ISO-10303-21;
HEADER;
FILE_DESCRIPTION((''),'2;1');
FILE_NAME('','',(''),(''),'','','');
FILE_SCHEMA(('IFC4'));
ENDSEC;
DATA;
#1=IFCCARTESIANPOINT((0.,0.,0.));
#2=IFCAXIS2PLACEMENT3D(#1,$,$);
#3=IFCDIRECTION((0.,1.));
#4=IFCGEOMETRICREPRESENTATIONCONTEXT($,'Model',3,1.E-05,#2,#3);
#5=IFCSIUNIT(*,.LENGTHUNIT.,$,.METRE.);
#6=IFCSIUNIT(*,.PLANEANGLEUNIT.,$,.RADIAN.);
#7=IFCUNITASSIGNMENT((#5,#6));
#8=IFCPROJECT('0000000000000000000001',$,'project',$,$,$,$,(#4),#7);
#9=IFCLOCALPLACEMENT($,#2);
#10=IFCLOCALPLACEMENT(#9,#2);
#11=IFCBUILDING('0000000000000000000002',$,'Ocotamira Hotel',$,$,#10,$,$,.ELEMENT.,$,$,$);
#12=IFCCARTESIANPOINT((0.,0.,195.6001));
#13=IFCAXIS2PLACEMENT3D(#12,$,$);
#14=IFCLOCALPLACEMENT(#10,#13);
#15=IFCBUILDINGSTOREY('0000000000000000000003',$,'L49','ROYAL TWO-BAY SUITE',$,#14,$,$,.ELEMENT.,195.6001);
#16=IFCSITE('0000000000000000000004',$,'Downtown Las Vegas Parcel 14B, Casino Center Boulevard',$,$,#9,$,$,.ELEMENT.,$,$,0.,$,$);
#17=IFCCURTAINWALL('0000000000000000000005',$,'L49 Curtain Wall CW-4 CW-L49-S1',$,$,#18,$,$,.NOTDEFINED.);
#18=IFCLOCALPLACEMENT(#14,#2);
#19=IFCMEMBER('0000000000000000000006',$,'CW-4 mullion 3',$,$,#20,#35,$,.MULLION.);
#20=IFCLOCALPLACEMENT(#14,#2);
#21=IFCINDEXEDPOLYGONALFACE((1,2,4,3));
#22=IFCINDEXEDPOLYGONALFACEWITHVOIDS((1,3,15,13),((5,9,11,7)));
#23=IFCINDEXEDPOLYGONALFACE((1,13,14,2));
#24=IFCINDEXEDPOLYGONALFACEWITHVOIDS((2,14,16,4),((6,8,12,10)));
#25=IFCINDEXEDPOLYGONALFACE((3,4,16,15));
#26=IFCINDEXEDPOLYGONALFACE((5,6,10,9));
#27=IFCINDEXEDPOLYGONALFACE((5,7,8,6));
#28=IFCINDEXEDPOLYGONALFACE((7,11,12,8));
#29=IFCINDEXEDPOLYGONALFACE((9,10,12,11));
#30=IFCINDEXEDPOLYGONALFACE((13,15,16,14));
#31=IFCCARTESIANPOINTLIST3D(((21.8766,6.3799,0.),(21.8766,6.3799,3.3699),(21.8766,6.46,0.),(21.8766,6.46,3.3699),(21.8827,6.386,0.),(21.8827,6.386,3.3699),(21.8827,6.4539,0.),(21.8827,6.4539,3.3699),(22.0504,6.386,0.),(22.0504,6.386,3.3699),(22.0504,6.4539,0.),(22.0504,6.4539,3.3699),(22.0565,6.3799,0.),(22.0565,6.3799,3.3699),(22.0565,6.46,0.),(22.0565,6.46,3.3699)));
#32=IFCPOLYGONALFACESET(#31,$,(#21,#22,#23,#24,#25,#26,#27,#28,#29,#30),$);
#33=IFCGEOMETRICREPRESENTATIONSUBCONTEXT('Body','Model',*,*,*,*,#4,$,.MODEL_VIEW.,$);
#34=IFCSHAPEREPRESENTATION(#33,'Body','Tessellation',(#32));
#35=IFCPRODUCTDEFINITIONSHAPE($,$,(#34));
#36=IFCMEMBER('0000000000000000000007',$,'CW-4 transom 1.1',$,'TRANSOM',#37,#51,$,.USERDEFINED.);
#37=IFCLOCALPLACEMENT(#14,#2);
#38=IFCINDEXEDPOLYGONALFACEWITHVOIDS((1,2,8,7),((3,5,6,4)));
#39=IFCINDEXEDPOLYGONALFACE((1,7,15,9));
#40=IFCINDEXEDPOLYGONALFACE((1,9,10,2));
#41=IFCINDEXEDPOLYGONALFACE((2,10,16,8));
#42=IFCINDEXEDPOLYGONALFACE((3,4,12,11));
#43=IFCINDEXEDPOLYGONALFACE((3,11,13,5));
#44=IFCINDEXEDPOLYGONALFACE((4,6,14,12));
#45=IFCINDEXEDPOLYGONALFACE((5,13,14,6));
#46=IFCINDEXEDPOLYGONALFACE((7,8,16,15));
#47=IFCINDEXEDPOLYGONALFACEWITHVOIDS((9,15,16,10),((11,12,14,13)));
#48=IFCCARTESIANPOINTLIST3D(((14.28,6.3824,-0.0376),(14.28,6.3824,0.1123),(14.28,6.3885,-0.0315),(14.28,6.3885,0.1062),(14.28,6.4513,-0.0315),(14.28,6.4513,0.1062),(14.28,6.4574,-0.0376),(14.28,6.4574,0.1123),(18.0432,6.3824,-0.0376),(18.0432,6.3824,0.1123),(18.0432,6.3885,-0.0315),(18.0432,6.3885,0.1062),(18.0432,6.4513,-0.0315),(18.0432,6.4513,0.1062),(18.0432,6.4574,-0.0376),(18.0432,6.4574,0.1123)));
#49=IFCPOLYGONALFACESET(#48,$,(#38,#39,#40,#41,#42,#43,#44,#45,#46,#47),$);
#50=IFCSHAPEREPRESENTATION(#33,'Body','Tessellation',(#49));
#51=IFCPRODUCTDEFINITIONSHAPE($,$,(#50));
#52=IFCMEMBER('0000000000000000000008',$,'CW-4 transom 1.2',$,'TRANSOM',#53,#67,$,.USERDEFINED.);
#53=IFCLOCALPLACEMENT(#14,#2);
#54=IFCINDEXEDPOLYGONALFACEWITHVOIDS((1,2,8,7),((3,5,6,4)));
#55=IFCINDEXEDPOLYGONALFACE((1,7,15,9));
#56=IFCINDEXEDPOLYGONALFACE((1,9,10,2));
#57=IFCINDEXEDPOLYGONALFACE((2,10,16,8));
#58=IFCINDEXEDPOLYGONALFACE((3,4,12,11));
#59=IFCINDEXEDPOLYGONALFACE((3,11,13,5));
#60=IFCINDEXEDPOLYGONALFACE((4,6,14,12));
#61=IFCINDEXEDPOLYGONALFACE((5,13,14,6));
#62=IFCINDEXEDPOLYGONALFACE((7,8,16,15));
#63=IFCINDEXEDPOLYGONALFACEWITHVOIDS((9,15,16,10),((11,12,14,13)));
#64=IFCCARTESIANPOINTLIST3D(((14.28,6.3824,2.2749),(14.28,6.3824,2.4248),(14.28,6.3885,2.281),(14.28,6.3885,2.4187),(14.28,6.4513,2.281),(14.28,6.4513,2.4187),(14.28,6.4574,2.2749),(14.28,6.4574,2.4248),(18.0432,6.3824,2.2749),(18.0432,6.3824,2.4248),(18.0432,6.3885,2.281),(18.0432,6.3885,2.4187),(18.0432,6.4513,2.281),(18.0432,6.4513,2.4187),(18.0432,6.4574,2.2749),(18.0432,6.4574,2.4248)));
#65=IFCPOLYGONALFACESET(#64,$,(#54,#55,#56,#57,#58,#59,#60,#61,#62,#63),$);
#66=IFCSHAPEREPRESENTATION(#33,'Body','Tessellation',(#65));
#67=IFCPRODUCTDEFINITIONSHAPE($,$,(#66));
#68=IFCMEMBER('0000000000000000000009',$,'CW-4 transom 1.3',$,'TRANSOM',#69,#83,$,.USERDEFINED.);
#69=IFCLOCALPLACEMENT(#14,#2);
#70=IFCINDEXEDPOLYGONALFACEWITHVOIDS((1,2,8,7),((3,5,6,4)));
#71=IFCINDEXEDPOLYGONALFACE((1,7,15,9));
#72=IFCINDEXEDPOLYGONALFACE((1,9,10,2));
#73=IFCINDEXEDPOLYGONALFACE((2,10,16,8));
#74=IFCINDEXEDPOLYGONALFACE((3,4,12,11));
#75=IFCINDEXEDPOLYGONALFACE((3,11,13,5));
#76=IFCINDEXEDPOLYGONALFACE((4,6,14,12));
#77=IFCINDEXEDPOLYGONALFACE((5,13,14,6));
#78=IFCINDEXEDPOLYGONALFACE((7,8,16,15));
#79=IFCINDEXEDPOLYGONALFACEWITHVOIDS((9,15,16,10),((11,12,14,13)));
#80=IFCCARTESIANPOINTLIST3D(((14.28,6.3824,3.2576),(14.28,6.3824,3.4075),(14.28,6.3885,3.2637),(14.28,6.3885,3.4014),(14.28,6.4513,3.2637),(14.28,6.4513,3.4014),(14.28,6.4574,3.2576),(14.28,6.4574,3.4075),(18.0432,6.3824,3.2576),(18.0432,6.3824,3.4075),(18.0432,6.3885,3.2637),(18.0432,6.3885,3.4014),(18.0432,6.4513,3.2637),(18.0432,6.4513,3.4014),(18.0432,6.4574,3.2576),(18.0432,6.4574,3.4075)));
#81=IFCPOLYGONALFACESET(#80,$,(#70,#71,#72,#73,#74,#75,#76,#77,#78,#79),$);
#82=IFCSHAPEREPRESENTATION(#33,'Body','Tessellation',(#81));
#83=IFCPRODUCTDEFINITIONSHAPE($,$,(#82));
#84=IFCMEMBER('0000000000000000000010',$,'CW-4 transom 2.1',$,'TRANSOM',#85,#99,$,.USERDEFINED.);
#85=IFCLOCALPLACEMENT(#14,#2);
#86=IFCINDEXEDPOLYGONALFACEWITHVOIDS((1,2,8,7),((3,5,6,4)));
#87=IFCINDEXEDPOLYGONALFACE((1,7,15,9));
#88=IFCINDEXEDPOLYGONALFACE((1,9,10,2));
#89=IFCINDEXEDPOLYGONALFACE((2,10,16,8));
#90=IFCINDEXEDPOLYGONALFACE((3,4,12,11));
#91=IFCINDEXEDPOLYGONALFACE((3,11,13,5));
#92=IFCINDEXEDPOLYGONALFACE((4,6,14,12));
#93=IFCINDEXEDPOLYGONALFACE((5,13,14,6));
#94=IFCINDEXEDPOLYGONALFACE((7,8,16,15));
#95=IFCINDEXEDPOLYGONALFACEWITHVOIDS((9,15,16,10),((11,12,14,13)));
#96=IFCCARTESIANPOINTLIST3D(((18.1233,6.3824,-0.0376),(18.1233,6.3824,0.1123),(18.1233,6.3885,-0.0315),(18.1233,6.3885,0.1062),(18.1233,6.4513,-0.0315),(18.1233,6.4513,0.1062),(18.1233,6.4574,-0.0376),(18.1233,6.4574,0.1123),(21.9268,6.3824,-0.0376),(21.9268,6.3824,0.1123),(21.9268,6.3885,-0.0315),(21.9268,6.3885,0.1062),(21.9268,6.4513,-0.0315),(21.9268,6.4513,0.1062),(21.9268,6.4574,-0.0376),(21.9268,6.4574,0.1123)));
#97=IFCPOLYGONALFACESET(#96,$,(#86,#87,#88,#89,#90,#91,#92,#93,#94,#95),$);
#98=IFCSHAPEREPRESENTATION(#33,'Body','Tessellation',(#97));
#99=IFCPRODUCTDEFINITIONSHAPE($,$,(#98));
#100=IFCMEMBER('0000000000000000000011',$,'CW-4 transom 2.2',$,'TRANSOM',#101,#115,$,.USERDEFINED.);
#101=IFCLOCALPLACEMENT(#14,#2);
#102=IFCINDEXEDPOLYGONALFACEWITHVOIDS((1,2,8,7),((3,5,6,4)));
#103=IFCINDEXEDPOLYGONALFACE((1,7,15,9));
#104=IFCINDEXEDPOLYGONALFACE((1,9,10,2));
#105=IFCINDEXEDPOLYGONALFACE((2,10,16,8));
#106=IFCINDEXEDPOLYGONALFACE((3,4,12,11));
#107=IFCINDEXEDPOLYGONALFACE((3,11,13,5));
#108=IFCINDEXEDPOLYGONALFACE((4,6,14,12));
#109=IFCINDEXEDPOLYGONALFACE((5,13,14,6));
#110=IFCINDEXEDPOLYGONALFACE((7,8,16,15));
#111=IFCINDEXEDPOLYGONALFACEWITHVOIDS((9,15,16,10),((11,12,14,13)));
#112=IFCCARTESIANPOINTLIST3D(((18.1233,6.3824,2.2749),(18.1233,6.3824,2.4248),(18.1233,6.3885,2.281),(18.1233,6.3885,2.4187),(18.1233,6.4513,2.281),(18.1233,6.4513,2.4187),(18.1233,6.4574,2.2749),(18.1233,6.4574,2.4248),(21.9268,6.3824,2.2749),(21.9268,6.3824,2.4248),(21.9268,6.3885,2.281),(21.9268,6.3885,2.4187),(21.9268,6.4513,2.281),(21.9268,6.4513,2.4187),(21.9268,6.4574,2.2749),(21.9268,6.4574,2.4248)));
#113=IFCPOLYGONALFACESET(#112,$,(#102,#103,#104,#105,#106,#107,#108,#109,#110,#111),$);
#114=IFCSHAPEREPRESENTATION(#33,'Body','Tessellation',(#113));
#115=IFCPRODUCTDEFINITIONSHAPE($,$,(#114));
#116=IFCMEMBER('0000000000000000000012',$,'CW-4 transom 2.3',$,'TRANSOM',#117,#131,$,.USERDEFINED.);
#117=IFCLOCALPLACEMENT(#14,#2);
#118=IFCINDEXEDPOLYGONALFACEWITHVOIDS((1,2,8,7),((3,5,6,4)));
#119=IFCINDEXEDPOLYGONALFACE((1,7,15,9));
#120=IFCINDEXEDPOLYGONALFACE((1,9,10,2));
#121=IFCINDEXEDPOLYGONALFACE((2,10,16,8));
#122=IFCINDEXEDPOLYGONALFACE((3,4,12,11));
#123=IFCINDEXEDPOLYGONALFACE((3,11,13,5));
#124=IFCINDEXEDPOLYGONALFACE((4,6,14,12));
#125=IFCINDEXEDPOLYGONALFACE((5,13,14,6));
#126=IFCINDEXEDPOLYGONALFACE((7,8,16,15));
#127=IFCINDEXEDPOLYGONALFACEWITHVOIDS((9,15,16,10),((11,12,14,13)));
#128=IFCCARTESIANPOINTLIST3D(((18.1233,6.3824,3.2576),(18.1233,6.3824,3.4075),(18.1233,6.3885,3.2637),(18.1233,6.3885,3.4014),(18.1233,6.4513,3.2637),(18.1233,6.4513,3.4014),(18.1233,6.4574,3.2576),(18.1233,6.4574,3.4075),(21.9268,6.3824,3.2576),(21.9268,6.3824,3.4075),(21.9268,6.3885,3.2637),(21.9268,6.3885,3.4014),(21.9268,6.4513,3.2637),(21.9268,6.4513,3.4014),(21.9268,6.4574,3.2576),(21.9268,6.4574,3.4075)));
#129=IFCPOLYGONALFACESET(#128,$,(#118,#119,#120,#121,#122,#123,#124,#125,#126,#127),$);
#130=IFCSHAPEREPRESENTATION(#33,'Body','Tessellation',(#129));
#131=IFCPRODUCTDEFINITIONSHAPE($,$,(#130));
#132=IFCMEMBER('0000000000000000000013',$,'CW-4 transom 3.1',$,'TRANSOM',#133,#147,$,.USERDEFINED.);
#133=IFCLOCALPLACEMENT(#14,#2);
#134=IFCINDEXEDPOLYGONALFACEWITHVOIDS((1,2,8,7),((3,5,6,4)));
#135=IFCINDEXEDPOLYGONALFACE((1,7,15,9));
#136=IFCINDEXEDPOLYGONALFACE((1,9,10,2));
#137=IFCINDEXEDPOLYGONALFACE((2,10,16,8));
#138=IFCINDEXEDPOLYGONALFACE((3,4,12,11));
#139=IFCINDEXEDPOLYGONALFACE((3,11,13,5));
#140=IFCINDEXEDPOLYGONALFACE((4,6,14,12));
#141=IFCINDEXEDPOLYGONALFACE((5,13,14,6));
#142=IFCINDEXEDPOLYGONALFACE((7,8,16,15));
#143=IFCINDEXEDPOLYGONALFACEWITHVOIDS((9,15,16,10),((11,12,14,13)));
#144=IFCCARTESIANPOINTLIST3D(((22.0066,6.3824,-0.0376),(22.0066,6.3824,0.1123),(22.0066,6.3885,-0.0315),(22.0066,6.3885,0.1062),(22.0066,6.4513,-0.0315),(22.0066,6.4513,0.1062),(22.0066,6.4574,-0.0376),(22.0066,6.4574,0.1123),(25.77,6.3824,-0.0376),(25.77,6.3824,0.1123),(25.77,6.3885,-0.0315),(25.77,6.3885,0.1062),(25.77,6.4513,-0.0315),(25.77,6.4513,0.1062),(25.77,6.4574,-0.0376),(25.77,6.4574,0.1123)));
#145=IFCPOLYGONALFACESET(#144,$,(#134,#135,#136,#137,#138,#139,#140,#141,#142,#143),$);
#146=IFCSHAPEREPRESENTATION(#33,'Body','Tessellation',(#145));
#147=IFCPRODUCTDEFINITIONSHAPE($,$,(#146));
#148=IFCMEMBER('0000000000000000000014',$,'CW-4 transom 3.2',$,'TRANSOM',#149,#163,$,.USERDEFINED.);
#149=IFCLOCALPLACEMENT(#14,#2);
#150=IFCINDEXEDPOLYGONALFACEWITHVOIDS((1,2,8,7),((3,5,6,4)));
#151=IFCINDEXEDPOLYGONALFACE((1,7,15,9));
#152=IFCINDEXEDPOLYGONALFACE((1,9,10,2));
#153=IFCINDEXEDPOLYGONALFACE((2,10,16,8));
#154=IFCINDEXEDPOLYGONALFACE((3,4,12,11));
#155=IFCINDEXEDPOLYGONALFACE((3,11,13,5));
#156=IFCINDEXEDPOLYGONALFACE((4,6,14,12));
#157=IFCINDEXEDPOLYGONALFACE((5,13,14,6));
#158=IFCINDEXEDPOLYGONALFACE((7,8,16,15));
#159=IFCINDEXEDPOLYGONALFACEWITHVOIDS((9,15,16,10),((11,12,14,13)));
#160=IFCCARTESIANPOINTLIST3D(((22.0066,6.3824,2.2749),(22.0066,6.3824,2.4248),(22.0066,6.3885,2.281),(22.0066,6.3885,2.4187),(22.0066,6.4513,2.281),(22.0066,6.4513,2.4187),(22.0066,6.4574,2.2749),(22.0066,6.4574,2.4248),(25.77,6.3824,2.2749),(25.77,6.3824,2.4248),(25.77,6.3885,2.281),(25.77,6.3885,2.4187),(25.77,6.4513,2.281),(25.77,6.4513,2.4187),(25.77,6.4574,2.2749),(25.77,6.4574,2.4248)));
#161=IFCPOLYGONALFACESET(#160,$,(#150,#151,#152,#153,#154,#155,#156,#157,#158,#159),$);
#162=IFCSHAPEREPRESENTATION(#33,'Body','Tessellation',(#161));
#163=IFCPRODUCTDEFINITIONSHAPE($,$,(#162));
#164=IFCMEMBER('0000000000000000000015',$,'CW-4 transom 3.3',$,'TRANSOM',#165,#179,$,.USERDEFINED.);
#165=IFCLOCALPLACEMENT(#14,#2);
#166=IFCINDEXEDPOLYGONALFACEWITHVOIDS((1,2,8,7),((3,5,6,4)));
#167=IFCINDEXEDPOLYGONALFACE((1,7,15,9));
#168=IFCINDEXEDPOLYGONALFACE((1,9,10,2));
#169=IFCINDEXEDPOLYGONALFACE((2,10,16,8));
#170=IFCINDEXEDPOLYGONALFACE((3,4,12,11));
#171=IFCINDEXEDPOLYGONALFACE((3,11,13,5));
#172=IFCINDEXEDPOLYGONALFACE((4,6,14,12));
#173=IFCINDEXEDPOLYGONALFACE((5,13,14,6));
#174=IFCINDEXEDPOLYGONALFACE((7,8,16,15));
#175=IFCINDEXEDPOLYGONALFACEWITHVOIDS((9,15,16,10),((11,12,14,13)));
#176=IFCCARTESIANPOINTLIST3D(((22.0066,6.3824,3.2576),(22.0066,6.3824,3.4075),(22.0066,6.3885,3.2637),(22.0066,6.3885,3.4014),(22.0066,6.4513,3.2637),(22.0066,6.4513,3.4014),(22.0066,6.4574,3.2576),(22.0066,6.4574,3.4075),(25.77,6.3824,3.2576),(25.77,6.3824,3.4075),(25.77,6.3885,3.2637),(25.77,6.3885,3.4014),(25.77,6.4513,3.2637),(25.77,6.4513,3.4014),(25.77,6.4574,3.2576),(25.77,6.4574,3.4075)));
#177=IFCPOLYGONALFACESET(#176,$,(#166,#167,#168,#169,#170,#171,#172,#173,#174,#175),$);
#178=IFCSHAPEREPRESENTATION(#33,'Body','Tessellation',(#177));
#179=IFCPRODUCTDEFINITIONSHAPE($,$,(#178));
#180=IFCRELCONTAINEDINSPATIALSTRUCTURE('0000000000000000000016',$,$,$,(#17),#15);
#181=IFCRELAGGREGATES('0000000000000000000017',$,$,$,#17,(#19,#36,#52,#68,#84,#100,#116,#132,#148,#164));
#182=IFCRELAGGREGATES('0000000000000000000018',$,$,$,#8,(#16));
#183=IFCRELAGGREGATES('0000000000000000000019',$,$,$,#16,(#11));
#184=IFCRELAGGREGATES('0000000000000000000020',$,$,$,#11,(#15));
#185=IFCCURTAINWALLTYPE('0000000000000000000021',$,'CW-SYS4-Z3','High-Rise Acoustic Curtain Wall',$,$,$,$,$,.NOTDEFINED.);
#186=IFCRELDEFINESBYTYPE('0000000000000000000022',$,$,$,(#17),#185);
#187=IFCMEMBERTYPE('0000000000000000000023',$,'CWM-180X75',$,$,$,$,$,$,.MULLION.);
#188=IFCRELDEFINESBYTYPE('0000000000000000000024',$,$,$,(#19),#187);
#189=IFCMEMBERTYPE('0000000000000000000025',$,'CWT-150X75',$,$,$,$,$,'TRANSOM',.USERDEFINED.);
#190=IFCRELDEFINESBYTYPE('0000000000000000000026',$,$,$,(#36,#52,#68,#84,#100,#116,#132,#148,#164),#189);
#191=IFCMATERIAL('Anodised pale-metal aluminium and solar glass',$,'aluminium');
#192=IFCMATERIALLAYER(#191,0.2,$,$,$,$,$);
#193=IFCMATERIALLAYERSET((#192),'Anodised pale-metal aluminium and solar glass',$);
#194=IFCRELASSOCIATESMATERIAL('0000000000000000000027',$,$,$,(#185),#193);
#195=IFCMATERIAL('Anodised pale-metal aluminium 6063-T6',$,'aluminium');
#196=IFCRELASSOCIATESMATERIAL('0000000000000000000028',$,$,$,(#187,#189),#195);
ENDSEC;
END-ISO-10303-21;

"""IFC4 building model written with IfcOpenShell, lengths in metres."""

from ifc_helpers import new_model, si_unit, direction, frame, origin, origin_2d, place, context, subcontext, project, spatial, hollow_rectangle, extrude, source, transform, mapped, material, layer, layer_set, material_profile, profile_set, type_object, element, aggregate, save


model = new_model("IFC4")

# Units and contexts
model_context = context("Model", 3, precision=1e-05, world=origin(), true_north=direction((0.0, 1.0)))
body_context = subcontext(model_context, "Body", "Model", "MODEL_VIEW")
ifc_project = project(units=[si_unit("LENGTHUNIT", "METRE"), si_unit("PLANEANGLEUNIT", "RADIAN")], contexts=[model_context])

# Site, building, storey
site_placement = place(None, origin())
site = spatial("IfcSite", under=ifc_project, at=site_placement, Name="Downtown Las Vegas Parcel 14B, Casino Center Boulevard", CompositionType="ELEMENT", RefElevation=0.0)
building_placement = place(site_placement, origin())
building = spatial("IfcBuilding", under=site, at=building_placement, Name="Ocotamira Hotel", CompositionType="ELEMENT")
storey_placement = place(building_placement, frame((0.0, 0.0, 195.6001)))
storey = spatial("IfcBuildingStorey", under=building, at=storey_placement, Name="L49", Description="ROYAL TWO-BAY SUITE", CompositionType="ELEMENT", Elevation=195.6001)

# Curtain wall, members
ifc_material_1 = material(Name="Anodised pale-metal aluminium and solar glass", Category="aluminium")
ifc_layer_1 = layer(ifc_material_1, 0.2)
ifc_layer_set_1 = layer_set([ifc_layer_1], Name="Anodised pale-metal aluminium and solar glass")
curtain_wall_type = type_object("IfcCurtainWallType", Name="CW-SYS4-Z3", Description="High-Rise Acoustic Curtain Wall", PredefinedType="NOTDEFINED", material=ifc_layer_set_1)
curtain_wall_placement = place(storey_placement, origin())
curtain_wall = element("IfcCurtainWall", 1, at=curtain_wall_placement, inside=storey, type_object=curtain_wall_type, Name="L49 Curtain Wall CW-4 CW-L49-S1", PredefinedType="NOTDEFINED")
ifc_material_2 = material(Name="Anodised pale-metal aluminium 6063-T6", Category="aluminium")
ifc_material_profile_1 = material_profile(ifc_material_2, hollow_rectangle(XDim=0.0801, YDim=0.1799, WallThickness=0.0061, at=origin_2d()), Name="HSS180X80X6")
ifc_profile_set_1 = profile_set([ifc_material_profile_1], Name="Anodised pale-metal aluminium 6063-T6")
member_type_1 = type_object("IfcMemberType", Name="CWM-180X75", PredefinedType="MULLION", material=ifc_profile_set_1)
shared_shape_1 = source(origin(), body_context, "Body", "SweptSolid", [
    extrude(hollow_rectangle(XDim=0.0801, YDim=0.1799, WallThickness=0.0061, at=origin_2d()), origin(), (0.0, 0.0, 1.0), 3.3699),
])
member_1_placement = place(storey_placement, frame((21.9666, 6.4199, 0.0), z_axis=(0.0, 0.0, 1.0), x_axis=(0.0, 1.0, 0.0)))
member_1 = element("IfcMember", 2, at=member_1_placement, type_object=member_type_1, Name="CW-4 mullion 3", PredefinedType="MULLION", context=body_context, shape_type="MappedRepresentation", body=[
    mapped(shared_shape_1, transform((0.0, 0.0, 0.0), scale=1.0)),
])
ifc_material_profile_2 = material_profile(ifc_material_2, hollow_rectangle(XDim=0.075, YDim=0.1499, WallThickness=0.0061, at=origin_2d()), Name="HSS150X75X6")
ifc_profile_set_2 = profile_set([ifc_material_profile_2], Name="Anodised pale-metal aluminium 6063-T6")
member_type_2 = type_object("IfcMemberType", Name="CWT-150X75", ElementType="TRANSOM", PredefinedType="USERDEFINED", material=ifc_profile_set_2)
shared_shape_2 = source(origin(), body_context, "Body", "SweptSolid", [
    extrude(hollow_rectangle(XDim=0.075, YDim=0.1499, WallThickness=0.0061, at=origin_2d()), origin(), (0.0, 0.0, 1.0), 3.7632),
])
member_2_placement = place(storey_placement, frame((14.28, 6.4199, 0.0374), z_axis=(1.0, 0.0, 0.0), x_axis=(0.0, 1.0, 0.0)))
member_2 = element("IfcMember", 3, at=member_2_placement, type_object=member_type_2, Name="CW-4 transom 1.1", ObjectType="TRANSOM", PredefinedType="USERDEFINED", context=body_context, shape_type="MappedRepresentation", body=[
    mapped(shared_shape_2, transform((0.0, 0.0, 0.0), scale=1.0)),
])
member_3_placement = place(storey_placement, frame((14.28, 6.4199, 2.3499), z_axis=(1.0, 0.0, 0.0), x_axis=(0.0, 1.0, 0.0)))
member_3 = element("IfcMember", 4, at=member_3_placement, type_object=member_type_2, Name="CW-4 transom 1.2", ObjectType="TRANSOM", PredefinedType="USERDEFINED", context=body_context, shape_type="MappedRepresentation", body=[
    mapped(shared_shape_2, transform((0.0, 0.0, 0.0), scale=1.0)),
])
member_4_placement = place(storey_placement, frame((14.28, 6.4199, 3.3325), z_axis=(1.0, 0.0, 0.0), x_axis=(0.0, 1.0, 0.0)))
member_4 = element("IfcMember", 5, at=member_4_placement, type_object=member_type_2, Name="CW-4 transom 1.3", ObjectType="TRANSOM", PredefinedType="USERDEFINED", context=body_context, shape_type="MappedRepresentation", body=[
    mapped(shared_shape_2, transform((0.0, 0.0, 0.0), scale=1.0)),
])
shared_shape_3 = source(origin(), body_context, "Body", "SweptSolid", [
    extrude(hollow_rectangle(XDim=0.075, YDim=0.1499, WallThickness=0.0061, at=origin_2d()), origin(), (0.0, 0.0, 1.0), 3.8035),
])
member_5_placement = place(storey_placement, frame((18.1233, 6.4199, 0.0374), z_axis=(1.0, 0.0, 0.0), x_axis=(0.0, 1.0, 0.0)))
member_5 = element("IfcMember", 6, at=member_5_placement, type_object=member_type_2, Name="CW-4 transom 2.1", ObjectType="TRANSOM", PredefinedType="USERDEFINED", context=body_context, shape_type="MappedRepresentation", body=[
    mapped(shared_shape_3, transform((0.0, 0.0, 0.0), scale=1.0)),
])
member_6_placement = place(storey_placement, frame((18.1233, 6.4199, 2.3499), z_axis=(1.0, 0.0, 0.0), x_axis=(0.0, 1.0, 0.0)))
member_6 = element("IfcMember", 7, at=member_6_placement, type_object=member_type_2, Name="CW-4 transom 2.2", ObjectType="TRANSOM", PredefinedType="USERDEFINED", context=body_context, shape_type="MappedRepresentation", body=[
    mapped(shared_shape_3, transform((0.0, 0.0, 0.0), scale=1.0)),
])
member_7_placement = place(storey_placement, frame((18.1233, 6.4199, 3.3325), z_axis=(1.0, 0.0, 0.0), x_axis=(0.0, 1.0, 0.0)))
member_7 = element("IfcMember", 8, at=member_7_placement, type_object=member_type_2, Name="CW-4 transom 2.3", ObjectType="TRANSOM", PredefinedType="USERDEFINED", context=body_context, shape_type="MappedRepresentation", body=[
    mapped(shared_shape_3, transform((0.0, 0.0, 0.0), scale=1.0)),
])
shared_shape_4 = source(origin(), body_context, "Body", "SweptSolid", [
    extrude(hollow_rectangle(XDim=0.075, YDim=0.1499, WallThickness=0.0061, at=origin_2d()), origin(), (0.0, 0.0, 1.0), 3.7634),
])
member_8_placement = place(storey_placement, frame((22.0066, 6.4199, 0.0374), z_axis=(1.0, 0.0, 0.0), x_axis=(0.0, 1.0, 0.0)))
member_8 = element("IfcMember", 9, at=member_8_placement, type_object=member_type_2, Name="CW-4 transom 3.1", ObjectType="TRANSOM", PredefinedType="USERDEFINED", context=body_context, shape_type="MappedRepresentation", body=[
    mapped(shared_shape_4, transform((0.0, 0.0, 0.0), scale=1.0)),
])
member_9_placement = place(storey_placement, frame((22.0066, 6.4199, 2.3499), z_axis=(1.0, 0.0, 0.0), x_axis=(0.0, 1.0, 0.0)))
member_9 = element("IfcMember", 10, at=member_9_placement, type_object=member_type_2, Name="CW-4 transom 3.2", ObjectType="TRANSOM", PredefinedType="USERDEFINED", context=body_context, shape_type="MappedRepresentation", body=[
    mapped(shared_shape_4, transform((0.0, 0.0, 0.0), scale=1.0)),
])
member_10_placement = place(storey_placement, frame((22.0066, 6.4199, 3.3325), z_axis=(1.0, 0.0, 0.0), x_axis=(0.0, 1.0, 0.0)))
member_10 = element("IfcMember", 11, at=member_10_placement, type_object=member_type_2, Name="CW-4 transom 3.3", ObjectType="TRANSOM", PredefinedType="USERDEFINED", context=body_context, shape_type="MappedRepresentation", body=[
    mapped(shared_shape_4, transform((0.0, 0.0, 0.0), scale=1.0)),
])

aggregate(curtain_wall, [member_1, member_2, member_3, member_4, member_5, member_6, member_7, member_8, member_9, member_10])

save(model, "model.ifc")
